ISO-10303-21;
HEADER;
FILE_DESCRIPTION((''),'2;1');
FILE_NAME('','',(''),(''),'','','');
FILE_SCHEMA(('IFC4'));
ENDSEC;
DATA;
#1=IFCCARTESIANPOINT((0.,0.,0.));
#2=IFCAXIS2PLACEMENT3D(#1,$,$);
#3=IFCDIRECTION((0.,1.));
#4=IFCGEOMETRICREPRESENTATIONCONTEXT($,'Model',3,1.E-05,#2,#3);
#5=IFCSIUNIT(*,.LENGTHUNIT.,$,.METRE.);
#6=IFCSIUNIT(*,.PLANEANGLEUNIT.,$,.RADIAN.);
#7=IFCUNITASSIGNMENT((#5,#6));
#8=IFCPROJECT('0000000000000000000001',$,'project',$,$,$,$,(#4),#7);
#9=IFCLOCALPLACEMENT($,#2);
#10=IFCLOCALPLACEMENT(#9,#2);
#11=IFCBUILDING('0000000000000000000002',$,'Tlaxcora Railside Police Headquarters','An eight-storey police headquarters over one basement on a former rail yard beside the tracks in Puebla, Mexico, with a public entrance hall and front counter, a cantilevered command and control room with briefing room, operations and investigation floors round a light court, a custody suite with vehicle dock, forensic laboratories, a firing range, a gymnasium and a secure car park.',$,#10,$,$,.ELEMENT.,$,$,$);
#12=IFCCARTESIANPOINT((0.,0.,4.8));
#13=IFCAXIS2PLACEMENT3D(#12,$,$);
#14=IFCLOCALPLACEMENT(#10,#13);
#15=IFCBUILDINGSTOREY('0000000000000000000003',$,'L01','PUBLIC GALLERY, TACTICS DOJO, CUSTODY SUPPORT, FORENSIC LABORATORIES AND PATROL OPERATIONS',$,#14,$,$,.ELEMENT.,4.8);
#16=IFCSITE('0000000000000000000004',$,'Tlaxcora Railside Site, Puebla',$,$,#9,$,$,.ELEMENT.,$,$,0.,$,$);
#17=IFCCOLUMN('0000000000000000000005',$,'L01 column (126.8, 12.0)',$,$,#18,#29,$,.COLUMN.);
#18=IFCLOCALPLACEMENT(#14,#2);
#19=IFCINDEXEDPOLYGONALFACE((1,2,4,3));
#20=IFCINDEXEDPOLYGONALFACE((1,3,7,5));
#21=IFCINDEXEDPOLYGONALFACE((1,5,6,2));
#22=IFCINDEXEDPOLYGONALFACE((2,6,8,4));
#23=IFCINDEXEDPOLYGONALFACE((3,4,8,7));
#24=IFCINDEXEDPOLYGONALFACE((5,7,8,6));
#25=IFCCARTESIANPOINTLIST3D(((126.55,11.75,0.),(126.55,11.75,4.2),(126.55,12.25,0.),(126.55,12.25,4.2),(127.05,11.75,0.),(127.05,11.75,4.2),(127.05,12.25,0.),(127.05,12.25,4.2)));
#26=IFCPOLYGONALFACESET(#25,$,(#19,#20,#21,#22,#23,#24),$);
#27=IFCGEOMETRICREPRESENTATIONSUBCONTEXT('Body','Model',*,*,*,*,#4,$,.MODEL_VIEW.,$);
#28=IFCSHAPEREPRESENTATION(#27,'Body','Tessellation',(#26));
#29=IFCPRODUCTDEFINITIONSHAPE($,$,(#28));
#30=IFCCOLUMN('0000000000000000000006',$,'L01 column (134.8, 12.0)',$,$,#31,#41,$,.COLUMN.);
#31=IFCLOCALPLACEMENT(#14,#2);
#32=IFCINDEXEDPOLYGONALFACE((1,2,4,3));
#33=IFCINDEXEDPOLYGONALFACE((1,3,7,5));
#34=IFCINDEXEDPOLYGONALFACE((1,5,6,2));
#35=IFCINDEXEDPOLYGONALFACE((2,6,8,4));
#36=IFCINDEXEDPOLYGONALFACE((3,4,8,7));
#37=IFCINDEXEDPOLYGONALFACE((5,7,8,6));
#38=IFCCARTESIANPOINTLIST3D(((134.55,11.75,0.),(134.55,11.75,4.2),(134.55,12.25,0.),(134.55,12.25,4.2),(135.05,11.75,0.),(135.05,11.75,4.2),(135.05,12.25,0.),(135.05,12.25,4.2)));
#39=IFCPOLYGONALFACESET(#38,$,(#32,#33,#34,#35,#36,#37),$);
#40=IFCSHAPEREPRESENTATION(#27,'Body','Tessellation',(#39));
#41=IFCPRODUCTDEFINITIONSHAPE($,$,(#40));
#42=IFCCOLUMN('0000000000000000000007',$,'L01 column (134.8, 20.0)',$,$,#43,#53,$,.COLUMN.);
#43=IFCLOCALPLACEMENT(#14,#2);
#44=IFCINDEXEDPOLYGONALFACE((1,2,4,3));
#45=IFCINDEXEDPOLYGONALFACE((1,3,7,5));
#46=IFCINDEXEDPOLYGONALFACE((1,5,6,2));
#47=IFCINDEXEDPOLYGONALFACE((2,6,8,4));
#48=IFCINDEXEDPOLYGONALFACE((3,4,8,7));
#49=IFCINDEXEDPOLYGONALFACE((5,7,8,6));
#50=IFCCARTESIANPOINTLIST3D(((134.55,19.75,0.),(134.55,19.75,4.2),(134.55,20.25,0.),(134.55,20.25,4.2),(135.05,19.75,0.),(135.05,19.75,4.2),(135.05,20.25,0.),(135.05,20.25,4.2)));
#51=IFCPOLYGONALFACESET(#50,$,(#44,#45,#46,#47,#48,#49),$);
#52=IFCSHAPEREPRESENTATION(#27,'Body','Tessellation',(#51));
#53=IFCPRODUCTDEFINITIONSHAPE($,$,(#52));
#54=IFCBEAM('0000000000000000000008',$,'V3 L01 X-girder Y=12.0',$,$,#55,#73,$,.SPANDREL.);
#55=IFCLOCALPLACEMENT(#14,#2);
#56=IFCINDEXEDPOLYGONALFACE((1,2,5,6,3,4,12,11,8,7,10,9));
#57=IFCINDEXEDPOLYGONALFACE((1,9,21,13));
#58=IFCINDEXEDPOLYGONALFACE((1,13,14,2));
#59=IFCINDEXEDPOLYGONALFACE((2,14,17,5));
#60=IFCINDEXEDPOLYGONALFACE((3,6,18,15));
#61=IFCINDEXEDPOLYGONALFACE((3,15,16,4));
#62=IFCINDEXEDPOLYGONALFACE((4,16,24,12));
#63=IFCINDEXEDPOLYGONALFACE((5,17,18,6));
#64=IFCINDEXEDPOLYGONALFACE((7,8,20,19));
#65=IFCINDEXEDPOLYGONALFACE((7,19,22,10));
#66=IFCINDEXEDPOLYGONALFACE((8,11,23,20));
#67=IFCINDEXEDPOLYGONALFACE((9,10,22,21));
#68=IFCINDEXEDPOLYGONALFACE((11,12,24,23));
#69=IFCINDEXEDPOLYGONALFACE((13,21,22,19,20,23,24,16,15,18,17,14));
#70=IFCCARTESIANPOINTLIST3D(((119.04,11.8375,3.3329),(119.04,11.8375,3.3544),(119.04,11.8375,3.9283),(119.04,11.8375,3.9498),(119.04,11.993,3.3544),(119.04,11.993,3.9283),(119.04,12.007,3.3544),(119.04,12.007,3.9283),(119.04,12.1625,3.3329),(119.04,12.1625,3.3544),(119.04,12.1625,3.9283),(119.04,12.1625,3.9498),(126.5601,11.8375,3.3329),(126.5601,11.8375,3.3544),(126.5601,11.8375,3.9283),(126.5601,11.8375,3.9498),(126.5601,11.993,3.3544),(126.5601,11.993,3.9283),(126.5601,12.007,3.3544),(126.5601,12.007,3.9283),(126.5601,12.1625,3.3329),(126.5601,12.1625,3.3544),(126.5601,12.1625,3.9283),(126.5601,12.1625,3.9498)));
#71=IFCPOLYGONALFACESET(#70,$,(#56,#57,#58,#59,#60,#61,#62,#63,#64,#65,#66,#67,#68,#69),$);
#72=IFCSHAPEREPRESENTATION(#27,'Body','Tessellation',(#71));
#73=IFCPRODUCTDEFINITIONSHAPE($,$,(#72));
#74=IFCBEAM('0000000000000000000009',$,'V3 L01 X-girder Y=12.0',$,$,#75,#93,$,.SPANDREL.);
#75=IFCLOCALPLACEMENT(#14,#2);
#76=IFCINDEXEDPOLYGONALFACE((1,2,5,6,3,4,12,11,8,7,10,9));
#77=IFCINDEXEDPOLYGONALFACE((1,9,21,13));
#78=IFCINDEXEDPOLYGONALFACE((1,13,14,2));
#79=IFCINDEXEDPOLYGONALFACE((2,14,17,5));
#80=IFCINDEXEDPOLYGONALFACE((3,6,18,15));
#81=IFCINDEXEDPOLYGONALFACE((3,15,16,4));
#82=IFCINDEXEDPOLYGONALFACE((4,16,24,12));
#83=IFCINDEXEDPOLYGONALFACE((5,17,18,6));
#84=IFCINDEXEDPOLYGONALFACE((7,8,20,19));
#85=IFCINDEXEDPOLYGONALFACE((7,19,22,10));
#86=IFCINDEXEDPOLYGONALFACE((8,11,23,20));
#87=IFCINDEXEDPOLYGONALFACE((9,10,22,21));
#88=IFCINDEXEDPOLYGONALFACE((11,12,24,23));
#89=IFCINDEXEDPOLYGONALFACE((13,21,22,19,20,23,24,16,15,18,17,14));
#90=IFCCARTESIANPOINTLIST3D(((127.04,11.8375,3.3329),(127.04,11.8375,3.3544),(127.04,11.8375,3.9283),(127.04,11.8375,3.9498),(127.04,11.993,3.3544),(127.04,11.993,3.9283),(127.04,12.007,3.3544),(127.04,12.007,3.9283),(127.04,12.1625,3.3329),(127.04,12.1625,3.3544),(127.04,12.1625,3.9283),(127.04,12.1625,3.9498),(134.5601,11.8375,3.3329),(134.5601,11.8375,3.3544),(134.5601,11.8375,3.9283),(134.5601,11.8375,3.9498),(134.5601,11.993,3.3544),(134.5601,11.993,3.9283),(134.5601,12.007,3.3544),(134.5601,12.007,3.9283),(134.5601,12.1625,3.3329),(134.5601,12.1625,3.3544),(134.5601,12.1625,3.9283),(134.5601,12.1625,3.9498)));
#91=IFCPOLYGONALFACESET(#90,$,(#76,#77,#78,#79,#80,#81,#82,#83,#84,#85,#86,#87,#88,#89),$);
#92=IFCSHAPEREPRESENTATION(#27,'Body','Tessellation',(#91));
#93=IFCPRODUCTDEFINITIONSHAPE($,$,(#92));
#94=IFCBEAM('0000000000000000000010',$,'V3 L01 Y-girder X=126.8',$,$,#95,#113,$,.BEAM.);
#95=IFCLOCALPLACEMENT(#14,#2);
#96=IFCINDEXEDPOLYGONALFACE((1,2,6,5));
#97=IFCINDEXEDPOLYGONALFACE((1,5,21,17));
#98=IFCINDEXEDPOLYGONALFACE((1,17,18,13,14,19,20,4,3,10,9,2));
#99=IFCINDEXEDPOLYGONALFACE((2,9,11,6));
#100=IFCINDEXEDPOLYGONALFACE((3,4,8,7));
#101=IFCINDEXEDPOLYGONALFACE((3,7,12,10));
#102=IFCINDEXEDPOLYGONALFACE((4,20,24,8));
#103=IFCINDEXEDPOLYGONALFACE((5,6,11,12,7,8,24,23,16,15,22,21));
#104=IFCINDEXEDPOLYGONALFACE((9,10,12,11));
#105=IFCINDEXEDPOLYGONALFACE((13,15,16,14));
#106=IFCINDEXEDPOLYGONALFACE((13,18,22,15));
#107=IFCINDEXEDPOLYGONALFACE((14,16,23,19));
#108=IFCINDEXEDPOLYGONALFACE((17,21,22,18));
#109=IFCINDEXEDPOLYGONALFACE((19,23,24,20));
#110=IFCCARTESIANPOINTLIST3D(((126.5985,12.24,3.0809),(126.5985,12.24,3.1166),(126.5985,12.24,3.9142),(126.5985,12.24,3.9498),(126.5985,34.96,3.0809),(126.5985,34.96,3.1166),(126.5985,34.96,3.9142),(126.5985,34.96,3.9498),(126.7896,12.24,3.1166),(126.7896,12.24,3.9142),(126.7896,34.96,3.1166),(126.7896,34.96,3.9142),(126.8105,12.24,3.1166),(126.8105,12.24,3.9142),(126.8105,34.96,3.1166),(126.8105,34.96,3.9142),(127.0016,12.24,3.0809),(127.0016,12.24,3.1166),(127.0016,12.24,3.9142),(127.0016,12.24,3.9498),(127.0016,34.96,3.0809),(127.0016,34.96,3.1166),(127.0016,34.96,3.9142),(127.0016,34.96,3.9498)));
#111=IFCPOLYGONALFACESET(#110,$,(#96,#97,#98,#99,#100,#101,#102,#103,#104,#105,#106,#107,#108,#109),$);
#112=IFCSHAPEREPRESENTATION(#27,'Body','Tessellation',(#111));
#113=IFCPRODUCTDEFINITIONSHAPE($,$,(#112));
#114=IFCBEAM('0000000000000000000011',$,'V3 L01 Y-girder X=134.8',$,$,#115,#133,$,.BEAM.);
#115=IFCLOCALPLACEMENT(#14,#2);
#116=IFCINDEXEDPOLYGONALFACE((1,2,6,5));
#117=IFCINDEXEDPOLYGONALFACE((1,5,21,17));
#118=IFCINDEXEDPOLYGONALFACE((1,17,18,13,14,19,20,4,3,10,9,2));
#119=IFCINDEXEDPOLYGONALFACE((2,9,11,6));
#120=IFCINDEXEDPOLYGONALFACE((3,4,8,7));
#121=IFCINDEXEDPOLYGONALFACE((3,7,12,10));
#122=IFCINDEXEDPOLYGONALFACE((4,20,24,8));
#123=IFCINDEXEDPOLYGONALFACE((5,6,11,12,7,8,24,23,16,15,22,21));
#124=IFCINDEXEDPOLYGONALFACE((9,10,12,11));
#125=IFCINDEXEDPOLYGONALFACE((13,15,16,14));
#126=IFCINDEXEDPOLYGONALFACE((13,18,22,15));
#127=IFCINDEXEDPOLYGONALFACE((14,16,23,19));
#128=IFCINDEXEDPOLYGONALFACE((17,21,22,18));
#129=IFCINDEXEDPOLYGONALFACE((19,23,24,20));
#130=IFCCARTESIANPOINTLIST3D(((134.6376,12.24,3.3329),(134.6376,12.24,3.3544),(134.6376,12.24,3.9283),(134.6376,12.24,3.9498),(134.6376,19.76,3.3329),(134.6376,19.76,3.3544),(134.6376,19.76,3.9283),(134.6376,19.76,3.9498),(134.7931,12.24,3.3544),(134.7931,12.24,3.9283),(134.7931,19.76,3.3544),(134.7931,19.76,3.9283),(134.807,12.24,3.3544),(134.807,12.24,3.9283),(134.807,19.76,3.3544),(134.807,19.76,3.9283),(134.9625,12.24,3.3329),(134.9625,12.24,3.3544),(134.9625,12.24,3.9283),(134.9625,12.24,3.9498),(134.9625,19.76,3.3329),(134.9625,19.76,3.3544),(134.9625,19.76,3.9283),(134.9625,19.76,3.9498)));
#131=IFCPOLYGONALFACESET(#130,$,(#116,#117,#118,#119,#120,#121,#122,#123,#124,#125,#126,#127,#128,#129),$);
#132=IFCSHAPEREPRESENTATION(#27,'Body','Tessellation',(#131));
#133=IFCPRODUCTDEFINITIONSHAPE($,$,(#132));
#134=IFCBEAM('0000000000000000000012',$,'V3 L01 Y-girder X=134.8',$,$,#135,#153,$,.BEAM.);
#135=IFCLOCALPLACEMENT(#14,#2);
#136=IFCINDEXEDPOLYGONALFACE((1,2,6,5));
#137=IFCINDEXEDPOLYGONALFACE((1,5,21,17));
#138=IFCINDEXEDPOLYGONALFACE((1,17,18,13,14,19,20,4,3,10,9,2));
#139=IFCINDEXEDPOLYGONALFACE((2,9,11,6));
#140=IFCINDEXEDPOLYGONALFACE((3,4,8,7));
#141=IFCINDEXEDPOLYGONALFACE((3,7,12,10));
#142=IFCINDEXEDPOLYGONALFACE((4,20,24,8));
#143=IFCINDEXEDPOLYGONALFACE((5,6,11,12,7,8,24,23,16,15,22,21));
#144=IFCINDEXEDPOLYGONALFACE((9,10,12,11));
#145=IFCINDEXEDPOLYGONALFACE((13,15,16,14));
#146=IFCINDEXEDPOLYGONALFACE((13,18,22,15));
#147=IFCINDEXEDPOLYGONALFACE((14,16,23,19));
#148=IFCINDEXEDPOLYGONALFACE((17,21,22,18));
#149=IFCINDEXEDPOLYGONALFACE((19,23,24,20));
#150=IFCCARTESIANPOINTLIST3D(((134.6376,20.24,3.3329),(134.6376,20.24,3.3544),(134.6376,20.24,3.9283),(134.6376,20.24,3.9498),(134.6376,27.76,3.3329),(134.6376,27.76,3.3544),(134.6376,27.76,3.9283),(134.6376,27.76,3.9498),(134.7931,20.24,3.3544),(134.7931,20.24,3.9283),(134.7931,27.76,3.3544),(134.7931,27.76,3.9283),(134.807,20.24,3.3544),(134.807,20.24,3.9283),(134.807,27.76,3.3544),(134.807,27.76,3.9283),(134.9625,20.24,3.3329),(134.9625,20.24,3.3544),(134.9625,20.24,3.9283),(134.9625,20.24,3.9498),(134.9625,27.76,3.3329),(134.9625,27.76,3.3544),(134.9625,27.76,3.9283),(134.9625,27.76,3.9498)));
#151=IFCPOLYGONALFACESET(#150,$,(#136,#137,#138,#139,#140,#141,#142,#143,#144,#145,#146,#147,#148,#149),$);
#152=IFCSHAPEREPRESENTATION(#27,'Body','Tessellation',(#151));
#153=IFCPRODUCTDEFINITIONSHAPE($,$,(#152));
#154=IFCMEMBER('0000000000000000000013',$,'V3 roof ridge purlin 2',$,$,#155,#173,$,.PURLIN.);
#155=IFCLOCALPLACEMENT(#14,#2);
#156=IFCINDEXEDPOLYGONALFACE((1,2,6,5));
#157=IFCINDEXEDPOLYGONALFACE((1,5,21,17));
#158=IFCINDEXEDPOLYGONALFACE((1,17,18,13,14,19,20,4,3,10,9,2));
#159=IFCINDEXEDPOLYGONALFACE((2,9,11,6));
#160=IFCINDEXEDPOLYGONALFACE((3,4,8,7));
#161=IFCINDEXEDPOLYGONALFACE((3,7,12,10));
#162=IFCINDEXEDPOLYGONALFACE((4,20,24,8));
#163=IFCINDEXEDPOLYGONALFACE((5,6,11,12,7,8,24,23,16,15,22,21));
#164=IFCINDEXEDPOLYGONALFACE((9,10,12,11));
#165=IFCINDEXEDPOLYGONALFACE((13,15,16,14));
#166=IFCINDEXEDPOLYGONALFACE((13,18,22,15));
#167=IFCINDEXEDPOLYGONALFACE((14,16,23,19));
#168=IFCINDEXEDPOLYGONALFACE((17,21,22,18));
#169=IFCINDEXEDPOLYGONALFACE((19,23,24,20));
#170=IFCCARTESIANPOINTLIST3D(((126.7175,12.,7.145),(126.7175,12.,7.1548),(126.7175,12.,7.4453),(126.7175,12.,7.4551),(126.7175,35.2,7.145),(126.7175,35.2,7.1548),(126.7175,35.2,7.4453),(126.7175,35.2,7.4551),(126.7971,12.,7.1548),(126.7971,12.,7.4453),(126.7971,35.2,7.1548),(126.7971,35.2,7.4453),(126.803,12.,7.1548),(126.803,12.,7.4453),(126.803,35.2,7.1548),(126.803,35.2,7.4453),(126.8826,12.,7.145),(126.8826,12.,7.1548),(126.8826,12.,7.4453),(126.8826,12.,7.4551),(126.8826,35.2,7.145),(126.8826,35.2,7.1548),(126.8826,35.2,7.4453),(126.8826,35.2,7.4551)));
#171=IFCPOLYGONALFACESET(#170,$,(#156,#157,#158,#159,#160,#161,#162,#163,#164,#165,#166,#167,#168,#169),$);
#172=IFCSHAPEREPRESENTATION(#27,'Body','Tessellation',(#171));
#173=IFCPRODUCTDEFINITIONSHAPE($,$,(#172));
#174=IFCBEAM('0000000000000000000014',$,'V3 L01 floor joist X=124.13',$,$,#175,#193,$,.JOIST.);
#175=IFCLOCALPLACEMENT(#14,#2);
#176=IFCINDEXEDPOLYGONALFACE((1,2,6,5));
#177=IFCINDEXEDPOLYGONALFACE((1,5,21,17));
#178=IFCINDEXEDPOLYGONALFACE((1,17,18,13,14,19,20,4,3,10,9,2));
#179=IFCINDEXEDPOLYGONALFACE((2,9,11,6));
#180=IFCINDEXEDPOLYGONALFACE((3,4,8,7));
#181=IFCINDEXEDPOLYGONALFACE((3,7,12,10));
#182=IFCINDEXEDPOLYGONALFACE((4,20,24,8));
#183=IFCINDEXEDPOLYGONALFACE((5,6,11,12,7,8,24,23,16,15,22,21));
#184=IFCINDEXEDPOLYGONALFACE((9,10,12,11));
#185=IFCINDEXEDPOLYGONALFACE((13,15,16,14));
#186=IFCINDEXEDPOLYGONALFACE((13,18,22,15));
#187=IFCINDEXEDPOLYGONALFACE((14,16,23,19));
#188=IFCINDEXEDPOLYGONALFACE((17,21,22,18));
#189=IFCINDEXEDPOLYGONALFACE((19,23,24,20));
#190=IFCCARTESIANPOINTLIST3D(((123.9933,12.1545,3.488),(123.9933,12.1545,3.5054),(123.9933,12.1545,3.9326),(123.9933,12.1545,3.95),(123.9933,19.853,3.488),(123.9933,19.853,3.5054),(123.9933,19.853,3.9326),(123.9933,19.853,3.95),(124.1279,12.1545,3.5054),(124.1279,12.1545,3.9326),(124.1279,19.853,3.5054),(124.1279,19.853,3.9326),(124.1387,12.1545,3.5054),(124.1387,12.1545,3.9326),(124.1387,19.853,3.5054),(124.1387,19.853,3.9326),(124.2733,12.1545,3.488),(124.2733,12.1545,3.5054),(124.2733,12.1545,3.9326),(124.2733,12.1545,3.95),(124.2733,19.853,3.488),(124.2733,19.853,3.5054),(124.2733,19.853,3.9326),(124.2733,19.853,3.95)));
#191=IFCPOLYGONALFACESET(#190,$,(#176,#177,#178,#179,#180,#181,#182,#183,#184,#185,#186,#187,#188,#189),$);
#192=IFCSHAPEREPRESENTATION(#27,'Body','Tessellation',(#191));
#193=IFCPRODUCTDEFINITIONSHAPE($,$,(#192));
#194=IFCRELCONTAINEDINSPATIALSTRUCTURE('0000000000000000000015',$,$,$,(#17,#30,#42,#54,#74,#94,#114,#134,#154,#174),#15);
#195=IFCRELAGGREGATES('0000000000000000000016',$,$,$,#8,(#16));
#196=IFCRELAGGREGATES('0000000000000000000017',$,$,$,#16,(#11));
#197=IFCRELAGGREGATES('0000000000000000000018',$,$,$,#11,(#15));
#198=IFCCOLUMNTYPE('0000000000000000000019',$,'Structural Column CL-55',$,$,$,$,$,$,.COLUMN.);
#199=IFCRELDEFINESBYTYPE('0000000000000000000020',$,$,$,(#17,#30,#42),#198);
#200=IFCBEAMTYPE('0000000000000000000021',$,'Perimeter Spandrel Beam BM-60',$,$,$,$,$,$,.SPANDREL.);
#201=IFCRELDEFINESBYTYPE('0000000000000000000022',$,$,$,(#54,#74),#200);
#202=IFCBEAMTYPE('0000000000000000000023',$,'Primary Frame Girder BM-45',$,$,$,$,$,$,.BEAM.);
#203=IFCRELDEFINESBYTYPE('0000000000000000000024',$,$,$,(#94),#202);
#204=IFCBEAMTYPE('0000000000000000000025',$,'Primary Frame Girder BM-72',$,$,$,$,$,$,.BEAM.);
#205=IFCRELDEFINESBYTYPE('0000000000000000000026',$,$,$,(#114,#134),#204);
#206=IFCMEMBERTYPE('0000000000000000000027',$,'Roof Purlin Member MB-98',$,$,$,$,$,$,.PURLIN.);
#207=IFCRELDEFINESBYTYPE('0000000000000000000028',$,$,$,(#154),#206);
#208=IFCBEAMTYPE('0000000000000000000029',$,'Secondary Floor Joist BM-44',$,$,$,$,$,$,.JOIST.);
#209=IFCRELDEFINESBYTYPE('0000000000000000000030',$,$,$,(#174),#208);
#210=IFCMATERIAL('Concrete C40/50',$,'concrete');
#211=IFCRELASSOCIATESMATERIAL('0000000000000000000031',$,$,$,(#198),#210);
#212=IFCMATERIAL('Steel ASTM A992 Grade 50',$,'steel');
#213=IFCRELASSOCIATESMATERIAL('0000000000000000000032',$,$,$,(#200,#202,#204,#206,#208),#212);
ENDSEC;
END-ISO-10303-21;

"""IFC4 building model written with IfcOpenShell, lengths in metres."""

from ifc_helpers import new_model, si_unit, direction, frame, origin, origin_2d, place, context, subcontext, project, spatial, rectangle, i_section, extrude, material, material_profile, profile_set, type_object, element, save


model = new_model("IFC4")

# Units and contexts
model_context = context("Model", 3, precision=1e-05, world=origin(), true_north=direction((0.0, 1.0)))
body_context = subcontext(model_context, "Body", "Model", "MODEL_VIEW")
ifc_project = project(units=[si_unit("LENGTHUNIT", "METRE"), si_unit("PLANEANGLEUNIT", "RADIAN")], contexts=[model_context])

# Site, building, storey
site_placement = place(None, origin())
site = spatial("IfcSite", under=ifc_project, at=site_placement, Name="Tlaxcora Railside Site, Puebla", CompositionType="ELEMENT", RefElevation=0.0)
building_placement = place(site_placement, origin())
building = spatial("IfcBuilding", under=site, at=building_placement, Name="Tlaxcora Railside Police Headquarters", Description="An eight-storey police headquarters over one basement on a former rail yard beside the tracks in Puebla, Mexico, with a public entrance hall and front counter, a cantilevered command and control room with briefing room, operations and investigation floors round a light court, a custody suite with vehicle dock, forensic laboratories, a firing range, a gymnasium and a secure car park.", CompositionType="ELEMENT")
storey_placement = place(building_placement, frame((0.0, 0.0, 4.8)))
storey = spatial("IfcBuildingStorey", under=building, at=storey_placement, Name="L01", Description="PUBLIC GALLERY, TACTICS DOJO, CUSTODY SUPPORT, FORENSIC LABORATORIES AND PATROL OPERATIONS", CompositionType="ELEMENT", Elevation=4.8)

# Columns
ifc_material_1 = material(Name="Concrete C40/50", Category="concrete")
ifc_material_profile_1 = material_profile(ifc_material_1, rectangle(XDim=0.5, YDim=0.5, at=origin_2d()), Name="RC500X500")
ifc_profile_set_1 = profile_set([ifc_material_profile_1], Name="Concrete C40/50")
column_type = type_object("IfcColumnType", Name="Structural Column CL-55", PredefinedType="COLUMN", material=ifc_profile_set_1)
for number, where, z_axis, x_axis, name in (
    (1, (126.8, 12.0, 0.0), (0.0, 0.0, 1.0), (1.0, 0.0, 0.0), "L01 column (126.8, 12.0)"),
    (2, (134.8, 12.0, 0.0), (0.0, 0.0, 1.0), (1.0, 0.0, 0.0), "L01 column (134.8, 12.0)"),
    (3, (134.8, 20.0, 0.0), (0.0, 0.0, 1.0), (1.0, 0.0, 0.0), "L01 column (134.8, 20.0)"),
):
    element("IfcColumn", number, at=place(storey_placement, frame(where, z_axis=z_axis, x_axis=x_axis)), inside=storey, type_object=column_type, Name=name, PredefinedType="COLUMN", context=body_context, shape_type="SweptSolid", body=[
        extrude(rectangle(XDim=0.5, YDim=0.5, at=origin_2d()), origin(), (0.0, 0.0, 1.0), 4.2),
    ])

# Beams
ifc_material_2 = material(Name="Steel ASTM A992 Grade 50", Category="steel")
ifc_material_profile_2 = material_profile(ifc_material_2, i_section(OverallWidth=0.325, OverallDepth=0.6169, WebThickness=0.0139, FlangeThickness=0.0215, at=origin_2d()), Name="W24X117")
ifc_profile_set_2 = profile_set([ifc_material_profile_2], Name="Steel ASTM A992 Grade 50")
beam_type_1 = type_object("IfcBeamType", Name="Perimeter Spandrel Beam BM-60", PredefinedType="SPANDREL", material=ifc_profile_set_2)
for number, where, z_axis, x_axis, name in (
    (4, (119.04, 12.0, 3.6414), (1.0, 0.0, 0.0), (0.0, 1.0, 0.0), "V3 L01 X-girder Y=12.0"),
    (5, (127.04, 12.0, 3.6414), (1.0, 0.0, 0.0), (0.0, 1.0, 0.0), "V3 L01 X-girder Y=12.0"),
):
    element("IfcBeam", number, at=place(storey_placement, frame(where, z_axis=z_axis, x_axis=x_axis)), inside=storey, type_object=beam_type_1, Name=name, PredefinedType="SPANDREL", context=body_context, shape_type="SweptSolid", body=[
        extrude(i_section(OverallWidth=0.325, OverallDepth=0.6169, WebThickness=0.0139, FlangeThickness=0.0215, at=origin_2d()), origin(), (0.0, 0.0, 1.0), 7.52),
    ])
ifc_material_profile_3 = material_profile(ifc_material_2, i_section(OverallWidth=0.4031, OverallDepth=0.8689, WebThickness=0.021, FlangeThickness=0.0356, at=origin_2d()), Name="W33X241")
ifc_profile_set_3 = profile_set([ifc_material_profile_3], Name="Steel ASTM A992 Grade 50")
beam_type_2 = type_object("IfcBeamType", Name="Primary Frame Girder BM-45", PredefinedType="BEAM", material=ifc_profile_set_3)
beam_1_placement = place(storey_placement, frame((126.8, 12.24, 3.5154), z_axis=(0.0, 1.0, 0.0), x_axis=(-1.0, 0.0, 0.0)))
element("IfcBeam", 6, at=beam_1_placement, inside=storey, type_object=beam_type_2, Name="V3 L01 Y-girder X=126.8", PredefinedType="BEAM", context=body_context, shape_type="SweptSolid", body=[
    extrude(i_section(OverallWidth=0.4031, OverallDepth=0.8689, WebThickness=0.021, FlangeThickness=0.0356, at=origin_2d()), origin(), (0.0, 0.0, 1.0), 22.72),
])
ifc_material_profile_4 = material_profile(ifc_material_2, i_section(OverallWidth=0.325, OverallDepth=0.6169, WebThickness=0.0139, FlangeThickness=0.0215, at=origin_2d()), Name="W24X117")
ifc_profile_set_4 = profile_set([ifc_material_profile_4], Name="Steel ASTM A992 Grade 50")
beam_type_3 = type_object("IfcBeamType", Name="Primary Frame Girder BM-72", PredefinedType="BEAM", material=ifc_profile_set_4)
for number, where, z_axis, x_axis, name in (
    (7, (134.8, 12.24, 3.6414), (0.0, 1.0, 0.0), (-1.0, 0.0, 0.0), "V3 L01 Y-girder X=134.8"),
    (8, (134.8, 20.24, 3.6414), (0.0, 1.0, 0.0), (-1.0, 0.0, 0.0), "V3 L01 Y-girder X=134.8"),
):
    element("IfcBeam", number, at=place(storey_placement, frame(where, z_axis=z_axis, x_axis=x_axis)), inside=storey, type_object=beam_type_3, Name=name, PredefinedType="BEAM", context=body_context, shape_type="SweptSolid", body=[
        extrude(i_section(OverallWidth=0.325, OverallDepth=0.6169, WebThickness=0.0139, FlangeThickness=0.0215, at=origin_2d()), origin(), (0.0, 0.0, 1.0), 7.52),
    ])

# Member
ifc_material_profile_5 = material_profile(ifc_material_2, i_section(OverallWidth=0.165, OverallDepth=0.3101, WebThickness=0.0059, FlangeThickness=0.0098, at=origin_2d()), Name="W12X26")
ifc_profile_set_5 = profile_set([ifc_material_profile_5], Name="Steel ASTM A992 Grade 50")
member_type_1 = type_object("IfcMemberType", Name="Roof Purlin Member MB-98", PredefinedType="PURLIN", material=ifc_profile_set_5)
member_1_placement = place(storey_placement, frame((126.8, 12.0, 7.3), z_axis=(0.0, 1.0, 0.0), x_axis=(-1.0, 0.0, 0.0)))
element("IfcMember", 9, at=member_1_placement, inside=storey, type_object=member_type_1, Name="V3 roof ridge purlin 2", PredefinedType="PURLIN", context=body_context, shape_type="SweptSolid", body=[
    extrude(i_section(OverallWidth=0.165, OverallDepth=0.3101, WebThickness=0.0059, FlangeThickness=0.0098, at=origin_2d()), origin(), (0.0, 0.0, 1.0), 23.2),
])

# Beam
ifc_material_profile_6 = material_profile(ifc_material_2, i_section(OverallWidth=0.28, OverallDepth=0.4619, WebThickness=0.0107, FlangeThickness=0.0173, at=origin_2d()), Name="W18X76")
ifc_profile_set_6 = profile_set([ifc_material_profile_6], Name="Steel ASTM A992 Grade 50")
beam_type_4 = type_object("IfcBeamType", Name="Secondary Floor Joist BM-44", PredefinedType="JOIST", material=ifc_profile_set_6)
for number, where, z_axis, x_axis, name in (
    (10, (124.1333, 12.1545, 3.719), (0.0, 1.0, 0.0), (-1.0, 0.0, 0.0), "V3 L01 floor joist X=124.13"),
):
    element("IfcBeam", number, at=place(storey_placement, frame(where, z_axis=z_axis, x_axis=x_axis)), inside=storey, type_object=beam_type_4, Name=name, PredefinedType="JOIST", context=body_context, shape_type="SweptSolid", body=[
        extrude(i_section(OverallWidth=0.28, OverallDepth=0.4619, WebThickness=0.0107, FlangeThickness=0.0173, at=origin_2d()), origin(), (0.0, 0.0, 1.0), 7.6985),
    ])

save(model, "model.ifc")
